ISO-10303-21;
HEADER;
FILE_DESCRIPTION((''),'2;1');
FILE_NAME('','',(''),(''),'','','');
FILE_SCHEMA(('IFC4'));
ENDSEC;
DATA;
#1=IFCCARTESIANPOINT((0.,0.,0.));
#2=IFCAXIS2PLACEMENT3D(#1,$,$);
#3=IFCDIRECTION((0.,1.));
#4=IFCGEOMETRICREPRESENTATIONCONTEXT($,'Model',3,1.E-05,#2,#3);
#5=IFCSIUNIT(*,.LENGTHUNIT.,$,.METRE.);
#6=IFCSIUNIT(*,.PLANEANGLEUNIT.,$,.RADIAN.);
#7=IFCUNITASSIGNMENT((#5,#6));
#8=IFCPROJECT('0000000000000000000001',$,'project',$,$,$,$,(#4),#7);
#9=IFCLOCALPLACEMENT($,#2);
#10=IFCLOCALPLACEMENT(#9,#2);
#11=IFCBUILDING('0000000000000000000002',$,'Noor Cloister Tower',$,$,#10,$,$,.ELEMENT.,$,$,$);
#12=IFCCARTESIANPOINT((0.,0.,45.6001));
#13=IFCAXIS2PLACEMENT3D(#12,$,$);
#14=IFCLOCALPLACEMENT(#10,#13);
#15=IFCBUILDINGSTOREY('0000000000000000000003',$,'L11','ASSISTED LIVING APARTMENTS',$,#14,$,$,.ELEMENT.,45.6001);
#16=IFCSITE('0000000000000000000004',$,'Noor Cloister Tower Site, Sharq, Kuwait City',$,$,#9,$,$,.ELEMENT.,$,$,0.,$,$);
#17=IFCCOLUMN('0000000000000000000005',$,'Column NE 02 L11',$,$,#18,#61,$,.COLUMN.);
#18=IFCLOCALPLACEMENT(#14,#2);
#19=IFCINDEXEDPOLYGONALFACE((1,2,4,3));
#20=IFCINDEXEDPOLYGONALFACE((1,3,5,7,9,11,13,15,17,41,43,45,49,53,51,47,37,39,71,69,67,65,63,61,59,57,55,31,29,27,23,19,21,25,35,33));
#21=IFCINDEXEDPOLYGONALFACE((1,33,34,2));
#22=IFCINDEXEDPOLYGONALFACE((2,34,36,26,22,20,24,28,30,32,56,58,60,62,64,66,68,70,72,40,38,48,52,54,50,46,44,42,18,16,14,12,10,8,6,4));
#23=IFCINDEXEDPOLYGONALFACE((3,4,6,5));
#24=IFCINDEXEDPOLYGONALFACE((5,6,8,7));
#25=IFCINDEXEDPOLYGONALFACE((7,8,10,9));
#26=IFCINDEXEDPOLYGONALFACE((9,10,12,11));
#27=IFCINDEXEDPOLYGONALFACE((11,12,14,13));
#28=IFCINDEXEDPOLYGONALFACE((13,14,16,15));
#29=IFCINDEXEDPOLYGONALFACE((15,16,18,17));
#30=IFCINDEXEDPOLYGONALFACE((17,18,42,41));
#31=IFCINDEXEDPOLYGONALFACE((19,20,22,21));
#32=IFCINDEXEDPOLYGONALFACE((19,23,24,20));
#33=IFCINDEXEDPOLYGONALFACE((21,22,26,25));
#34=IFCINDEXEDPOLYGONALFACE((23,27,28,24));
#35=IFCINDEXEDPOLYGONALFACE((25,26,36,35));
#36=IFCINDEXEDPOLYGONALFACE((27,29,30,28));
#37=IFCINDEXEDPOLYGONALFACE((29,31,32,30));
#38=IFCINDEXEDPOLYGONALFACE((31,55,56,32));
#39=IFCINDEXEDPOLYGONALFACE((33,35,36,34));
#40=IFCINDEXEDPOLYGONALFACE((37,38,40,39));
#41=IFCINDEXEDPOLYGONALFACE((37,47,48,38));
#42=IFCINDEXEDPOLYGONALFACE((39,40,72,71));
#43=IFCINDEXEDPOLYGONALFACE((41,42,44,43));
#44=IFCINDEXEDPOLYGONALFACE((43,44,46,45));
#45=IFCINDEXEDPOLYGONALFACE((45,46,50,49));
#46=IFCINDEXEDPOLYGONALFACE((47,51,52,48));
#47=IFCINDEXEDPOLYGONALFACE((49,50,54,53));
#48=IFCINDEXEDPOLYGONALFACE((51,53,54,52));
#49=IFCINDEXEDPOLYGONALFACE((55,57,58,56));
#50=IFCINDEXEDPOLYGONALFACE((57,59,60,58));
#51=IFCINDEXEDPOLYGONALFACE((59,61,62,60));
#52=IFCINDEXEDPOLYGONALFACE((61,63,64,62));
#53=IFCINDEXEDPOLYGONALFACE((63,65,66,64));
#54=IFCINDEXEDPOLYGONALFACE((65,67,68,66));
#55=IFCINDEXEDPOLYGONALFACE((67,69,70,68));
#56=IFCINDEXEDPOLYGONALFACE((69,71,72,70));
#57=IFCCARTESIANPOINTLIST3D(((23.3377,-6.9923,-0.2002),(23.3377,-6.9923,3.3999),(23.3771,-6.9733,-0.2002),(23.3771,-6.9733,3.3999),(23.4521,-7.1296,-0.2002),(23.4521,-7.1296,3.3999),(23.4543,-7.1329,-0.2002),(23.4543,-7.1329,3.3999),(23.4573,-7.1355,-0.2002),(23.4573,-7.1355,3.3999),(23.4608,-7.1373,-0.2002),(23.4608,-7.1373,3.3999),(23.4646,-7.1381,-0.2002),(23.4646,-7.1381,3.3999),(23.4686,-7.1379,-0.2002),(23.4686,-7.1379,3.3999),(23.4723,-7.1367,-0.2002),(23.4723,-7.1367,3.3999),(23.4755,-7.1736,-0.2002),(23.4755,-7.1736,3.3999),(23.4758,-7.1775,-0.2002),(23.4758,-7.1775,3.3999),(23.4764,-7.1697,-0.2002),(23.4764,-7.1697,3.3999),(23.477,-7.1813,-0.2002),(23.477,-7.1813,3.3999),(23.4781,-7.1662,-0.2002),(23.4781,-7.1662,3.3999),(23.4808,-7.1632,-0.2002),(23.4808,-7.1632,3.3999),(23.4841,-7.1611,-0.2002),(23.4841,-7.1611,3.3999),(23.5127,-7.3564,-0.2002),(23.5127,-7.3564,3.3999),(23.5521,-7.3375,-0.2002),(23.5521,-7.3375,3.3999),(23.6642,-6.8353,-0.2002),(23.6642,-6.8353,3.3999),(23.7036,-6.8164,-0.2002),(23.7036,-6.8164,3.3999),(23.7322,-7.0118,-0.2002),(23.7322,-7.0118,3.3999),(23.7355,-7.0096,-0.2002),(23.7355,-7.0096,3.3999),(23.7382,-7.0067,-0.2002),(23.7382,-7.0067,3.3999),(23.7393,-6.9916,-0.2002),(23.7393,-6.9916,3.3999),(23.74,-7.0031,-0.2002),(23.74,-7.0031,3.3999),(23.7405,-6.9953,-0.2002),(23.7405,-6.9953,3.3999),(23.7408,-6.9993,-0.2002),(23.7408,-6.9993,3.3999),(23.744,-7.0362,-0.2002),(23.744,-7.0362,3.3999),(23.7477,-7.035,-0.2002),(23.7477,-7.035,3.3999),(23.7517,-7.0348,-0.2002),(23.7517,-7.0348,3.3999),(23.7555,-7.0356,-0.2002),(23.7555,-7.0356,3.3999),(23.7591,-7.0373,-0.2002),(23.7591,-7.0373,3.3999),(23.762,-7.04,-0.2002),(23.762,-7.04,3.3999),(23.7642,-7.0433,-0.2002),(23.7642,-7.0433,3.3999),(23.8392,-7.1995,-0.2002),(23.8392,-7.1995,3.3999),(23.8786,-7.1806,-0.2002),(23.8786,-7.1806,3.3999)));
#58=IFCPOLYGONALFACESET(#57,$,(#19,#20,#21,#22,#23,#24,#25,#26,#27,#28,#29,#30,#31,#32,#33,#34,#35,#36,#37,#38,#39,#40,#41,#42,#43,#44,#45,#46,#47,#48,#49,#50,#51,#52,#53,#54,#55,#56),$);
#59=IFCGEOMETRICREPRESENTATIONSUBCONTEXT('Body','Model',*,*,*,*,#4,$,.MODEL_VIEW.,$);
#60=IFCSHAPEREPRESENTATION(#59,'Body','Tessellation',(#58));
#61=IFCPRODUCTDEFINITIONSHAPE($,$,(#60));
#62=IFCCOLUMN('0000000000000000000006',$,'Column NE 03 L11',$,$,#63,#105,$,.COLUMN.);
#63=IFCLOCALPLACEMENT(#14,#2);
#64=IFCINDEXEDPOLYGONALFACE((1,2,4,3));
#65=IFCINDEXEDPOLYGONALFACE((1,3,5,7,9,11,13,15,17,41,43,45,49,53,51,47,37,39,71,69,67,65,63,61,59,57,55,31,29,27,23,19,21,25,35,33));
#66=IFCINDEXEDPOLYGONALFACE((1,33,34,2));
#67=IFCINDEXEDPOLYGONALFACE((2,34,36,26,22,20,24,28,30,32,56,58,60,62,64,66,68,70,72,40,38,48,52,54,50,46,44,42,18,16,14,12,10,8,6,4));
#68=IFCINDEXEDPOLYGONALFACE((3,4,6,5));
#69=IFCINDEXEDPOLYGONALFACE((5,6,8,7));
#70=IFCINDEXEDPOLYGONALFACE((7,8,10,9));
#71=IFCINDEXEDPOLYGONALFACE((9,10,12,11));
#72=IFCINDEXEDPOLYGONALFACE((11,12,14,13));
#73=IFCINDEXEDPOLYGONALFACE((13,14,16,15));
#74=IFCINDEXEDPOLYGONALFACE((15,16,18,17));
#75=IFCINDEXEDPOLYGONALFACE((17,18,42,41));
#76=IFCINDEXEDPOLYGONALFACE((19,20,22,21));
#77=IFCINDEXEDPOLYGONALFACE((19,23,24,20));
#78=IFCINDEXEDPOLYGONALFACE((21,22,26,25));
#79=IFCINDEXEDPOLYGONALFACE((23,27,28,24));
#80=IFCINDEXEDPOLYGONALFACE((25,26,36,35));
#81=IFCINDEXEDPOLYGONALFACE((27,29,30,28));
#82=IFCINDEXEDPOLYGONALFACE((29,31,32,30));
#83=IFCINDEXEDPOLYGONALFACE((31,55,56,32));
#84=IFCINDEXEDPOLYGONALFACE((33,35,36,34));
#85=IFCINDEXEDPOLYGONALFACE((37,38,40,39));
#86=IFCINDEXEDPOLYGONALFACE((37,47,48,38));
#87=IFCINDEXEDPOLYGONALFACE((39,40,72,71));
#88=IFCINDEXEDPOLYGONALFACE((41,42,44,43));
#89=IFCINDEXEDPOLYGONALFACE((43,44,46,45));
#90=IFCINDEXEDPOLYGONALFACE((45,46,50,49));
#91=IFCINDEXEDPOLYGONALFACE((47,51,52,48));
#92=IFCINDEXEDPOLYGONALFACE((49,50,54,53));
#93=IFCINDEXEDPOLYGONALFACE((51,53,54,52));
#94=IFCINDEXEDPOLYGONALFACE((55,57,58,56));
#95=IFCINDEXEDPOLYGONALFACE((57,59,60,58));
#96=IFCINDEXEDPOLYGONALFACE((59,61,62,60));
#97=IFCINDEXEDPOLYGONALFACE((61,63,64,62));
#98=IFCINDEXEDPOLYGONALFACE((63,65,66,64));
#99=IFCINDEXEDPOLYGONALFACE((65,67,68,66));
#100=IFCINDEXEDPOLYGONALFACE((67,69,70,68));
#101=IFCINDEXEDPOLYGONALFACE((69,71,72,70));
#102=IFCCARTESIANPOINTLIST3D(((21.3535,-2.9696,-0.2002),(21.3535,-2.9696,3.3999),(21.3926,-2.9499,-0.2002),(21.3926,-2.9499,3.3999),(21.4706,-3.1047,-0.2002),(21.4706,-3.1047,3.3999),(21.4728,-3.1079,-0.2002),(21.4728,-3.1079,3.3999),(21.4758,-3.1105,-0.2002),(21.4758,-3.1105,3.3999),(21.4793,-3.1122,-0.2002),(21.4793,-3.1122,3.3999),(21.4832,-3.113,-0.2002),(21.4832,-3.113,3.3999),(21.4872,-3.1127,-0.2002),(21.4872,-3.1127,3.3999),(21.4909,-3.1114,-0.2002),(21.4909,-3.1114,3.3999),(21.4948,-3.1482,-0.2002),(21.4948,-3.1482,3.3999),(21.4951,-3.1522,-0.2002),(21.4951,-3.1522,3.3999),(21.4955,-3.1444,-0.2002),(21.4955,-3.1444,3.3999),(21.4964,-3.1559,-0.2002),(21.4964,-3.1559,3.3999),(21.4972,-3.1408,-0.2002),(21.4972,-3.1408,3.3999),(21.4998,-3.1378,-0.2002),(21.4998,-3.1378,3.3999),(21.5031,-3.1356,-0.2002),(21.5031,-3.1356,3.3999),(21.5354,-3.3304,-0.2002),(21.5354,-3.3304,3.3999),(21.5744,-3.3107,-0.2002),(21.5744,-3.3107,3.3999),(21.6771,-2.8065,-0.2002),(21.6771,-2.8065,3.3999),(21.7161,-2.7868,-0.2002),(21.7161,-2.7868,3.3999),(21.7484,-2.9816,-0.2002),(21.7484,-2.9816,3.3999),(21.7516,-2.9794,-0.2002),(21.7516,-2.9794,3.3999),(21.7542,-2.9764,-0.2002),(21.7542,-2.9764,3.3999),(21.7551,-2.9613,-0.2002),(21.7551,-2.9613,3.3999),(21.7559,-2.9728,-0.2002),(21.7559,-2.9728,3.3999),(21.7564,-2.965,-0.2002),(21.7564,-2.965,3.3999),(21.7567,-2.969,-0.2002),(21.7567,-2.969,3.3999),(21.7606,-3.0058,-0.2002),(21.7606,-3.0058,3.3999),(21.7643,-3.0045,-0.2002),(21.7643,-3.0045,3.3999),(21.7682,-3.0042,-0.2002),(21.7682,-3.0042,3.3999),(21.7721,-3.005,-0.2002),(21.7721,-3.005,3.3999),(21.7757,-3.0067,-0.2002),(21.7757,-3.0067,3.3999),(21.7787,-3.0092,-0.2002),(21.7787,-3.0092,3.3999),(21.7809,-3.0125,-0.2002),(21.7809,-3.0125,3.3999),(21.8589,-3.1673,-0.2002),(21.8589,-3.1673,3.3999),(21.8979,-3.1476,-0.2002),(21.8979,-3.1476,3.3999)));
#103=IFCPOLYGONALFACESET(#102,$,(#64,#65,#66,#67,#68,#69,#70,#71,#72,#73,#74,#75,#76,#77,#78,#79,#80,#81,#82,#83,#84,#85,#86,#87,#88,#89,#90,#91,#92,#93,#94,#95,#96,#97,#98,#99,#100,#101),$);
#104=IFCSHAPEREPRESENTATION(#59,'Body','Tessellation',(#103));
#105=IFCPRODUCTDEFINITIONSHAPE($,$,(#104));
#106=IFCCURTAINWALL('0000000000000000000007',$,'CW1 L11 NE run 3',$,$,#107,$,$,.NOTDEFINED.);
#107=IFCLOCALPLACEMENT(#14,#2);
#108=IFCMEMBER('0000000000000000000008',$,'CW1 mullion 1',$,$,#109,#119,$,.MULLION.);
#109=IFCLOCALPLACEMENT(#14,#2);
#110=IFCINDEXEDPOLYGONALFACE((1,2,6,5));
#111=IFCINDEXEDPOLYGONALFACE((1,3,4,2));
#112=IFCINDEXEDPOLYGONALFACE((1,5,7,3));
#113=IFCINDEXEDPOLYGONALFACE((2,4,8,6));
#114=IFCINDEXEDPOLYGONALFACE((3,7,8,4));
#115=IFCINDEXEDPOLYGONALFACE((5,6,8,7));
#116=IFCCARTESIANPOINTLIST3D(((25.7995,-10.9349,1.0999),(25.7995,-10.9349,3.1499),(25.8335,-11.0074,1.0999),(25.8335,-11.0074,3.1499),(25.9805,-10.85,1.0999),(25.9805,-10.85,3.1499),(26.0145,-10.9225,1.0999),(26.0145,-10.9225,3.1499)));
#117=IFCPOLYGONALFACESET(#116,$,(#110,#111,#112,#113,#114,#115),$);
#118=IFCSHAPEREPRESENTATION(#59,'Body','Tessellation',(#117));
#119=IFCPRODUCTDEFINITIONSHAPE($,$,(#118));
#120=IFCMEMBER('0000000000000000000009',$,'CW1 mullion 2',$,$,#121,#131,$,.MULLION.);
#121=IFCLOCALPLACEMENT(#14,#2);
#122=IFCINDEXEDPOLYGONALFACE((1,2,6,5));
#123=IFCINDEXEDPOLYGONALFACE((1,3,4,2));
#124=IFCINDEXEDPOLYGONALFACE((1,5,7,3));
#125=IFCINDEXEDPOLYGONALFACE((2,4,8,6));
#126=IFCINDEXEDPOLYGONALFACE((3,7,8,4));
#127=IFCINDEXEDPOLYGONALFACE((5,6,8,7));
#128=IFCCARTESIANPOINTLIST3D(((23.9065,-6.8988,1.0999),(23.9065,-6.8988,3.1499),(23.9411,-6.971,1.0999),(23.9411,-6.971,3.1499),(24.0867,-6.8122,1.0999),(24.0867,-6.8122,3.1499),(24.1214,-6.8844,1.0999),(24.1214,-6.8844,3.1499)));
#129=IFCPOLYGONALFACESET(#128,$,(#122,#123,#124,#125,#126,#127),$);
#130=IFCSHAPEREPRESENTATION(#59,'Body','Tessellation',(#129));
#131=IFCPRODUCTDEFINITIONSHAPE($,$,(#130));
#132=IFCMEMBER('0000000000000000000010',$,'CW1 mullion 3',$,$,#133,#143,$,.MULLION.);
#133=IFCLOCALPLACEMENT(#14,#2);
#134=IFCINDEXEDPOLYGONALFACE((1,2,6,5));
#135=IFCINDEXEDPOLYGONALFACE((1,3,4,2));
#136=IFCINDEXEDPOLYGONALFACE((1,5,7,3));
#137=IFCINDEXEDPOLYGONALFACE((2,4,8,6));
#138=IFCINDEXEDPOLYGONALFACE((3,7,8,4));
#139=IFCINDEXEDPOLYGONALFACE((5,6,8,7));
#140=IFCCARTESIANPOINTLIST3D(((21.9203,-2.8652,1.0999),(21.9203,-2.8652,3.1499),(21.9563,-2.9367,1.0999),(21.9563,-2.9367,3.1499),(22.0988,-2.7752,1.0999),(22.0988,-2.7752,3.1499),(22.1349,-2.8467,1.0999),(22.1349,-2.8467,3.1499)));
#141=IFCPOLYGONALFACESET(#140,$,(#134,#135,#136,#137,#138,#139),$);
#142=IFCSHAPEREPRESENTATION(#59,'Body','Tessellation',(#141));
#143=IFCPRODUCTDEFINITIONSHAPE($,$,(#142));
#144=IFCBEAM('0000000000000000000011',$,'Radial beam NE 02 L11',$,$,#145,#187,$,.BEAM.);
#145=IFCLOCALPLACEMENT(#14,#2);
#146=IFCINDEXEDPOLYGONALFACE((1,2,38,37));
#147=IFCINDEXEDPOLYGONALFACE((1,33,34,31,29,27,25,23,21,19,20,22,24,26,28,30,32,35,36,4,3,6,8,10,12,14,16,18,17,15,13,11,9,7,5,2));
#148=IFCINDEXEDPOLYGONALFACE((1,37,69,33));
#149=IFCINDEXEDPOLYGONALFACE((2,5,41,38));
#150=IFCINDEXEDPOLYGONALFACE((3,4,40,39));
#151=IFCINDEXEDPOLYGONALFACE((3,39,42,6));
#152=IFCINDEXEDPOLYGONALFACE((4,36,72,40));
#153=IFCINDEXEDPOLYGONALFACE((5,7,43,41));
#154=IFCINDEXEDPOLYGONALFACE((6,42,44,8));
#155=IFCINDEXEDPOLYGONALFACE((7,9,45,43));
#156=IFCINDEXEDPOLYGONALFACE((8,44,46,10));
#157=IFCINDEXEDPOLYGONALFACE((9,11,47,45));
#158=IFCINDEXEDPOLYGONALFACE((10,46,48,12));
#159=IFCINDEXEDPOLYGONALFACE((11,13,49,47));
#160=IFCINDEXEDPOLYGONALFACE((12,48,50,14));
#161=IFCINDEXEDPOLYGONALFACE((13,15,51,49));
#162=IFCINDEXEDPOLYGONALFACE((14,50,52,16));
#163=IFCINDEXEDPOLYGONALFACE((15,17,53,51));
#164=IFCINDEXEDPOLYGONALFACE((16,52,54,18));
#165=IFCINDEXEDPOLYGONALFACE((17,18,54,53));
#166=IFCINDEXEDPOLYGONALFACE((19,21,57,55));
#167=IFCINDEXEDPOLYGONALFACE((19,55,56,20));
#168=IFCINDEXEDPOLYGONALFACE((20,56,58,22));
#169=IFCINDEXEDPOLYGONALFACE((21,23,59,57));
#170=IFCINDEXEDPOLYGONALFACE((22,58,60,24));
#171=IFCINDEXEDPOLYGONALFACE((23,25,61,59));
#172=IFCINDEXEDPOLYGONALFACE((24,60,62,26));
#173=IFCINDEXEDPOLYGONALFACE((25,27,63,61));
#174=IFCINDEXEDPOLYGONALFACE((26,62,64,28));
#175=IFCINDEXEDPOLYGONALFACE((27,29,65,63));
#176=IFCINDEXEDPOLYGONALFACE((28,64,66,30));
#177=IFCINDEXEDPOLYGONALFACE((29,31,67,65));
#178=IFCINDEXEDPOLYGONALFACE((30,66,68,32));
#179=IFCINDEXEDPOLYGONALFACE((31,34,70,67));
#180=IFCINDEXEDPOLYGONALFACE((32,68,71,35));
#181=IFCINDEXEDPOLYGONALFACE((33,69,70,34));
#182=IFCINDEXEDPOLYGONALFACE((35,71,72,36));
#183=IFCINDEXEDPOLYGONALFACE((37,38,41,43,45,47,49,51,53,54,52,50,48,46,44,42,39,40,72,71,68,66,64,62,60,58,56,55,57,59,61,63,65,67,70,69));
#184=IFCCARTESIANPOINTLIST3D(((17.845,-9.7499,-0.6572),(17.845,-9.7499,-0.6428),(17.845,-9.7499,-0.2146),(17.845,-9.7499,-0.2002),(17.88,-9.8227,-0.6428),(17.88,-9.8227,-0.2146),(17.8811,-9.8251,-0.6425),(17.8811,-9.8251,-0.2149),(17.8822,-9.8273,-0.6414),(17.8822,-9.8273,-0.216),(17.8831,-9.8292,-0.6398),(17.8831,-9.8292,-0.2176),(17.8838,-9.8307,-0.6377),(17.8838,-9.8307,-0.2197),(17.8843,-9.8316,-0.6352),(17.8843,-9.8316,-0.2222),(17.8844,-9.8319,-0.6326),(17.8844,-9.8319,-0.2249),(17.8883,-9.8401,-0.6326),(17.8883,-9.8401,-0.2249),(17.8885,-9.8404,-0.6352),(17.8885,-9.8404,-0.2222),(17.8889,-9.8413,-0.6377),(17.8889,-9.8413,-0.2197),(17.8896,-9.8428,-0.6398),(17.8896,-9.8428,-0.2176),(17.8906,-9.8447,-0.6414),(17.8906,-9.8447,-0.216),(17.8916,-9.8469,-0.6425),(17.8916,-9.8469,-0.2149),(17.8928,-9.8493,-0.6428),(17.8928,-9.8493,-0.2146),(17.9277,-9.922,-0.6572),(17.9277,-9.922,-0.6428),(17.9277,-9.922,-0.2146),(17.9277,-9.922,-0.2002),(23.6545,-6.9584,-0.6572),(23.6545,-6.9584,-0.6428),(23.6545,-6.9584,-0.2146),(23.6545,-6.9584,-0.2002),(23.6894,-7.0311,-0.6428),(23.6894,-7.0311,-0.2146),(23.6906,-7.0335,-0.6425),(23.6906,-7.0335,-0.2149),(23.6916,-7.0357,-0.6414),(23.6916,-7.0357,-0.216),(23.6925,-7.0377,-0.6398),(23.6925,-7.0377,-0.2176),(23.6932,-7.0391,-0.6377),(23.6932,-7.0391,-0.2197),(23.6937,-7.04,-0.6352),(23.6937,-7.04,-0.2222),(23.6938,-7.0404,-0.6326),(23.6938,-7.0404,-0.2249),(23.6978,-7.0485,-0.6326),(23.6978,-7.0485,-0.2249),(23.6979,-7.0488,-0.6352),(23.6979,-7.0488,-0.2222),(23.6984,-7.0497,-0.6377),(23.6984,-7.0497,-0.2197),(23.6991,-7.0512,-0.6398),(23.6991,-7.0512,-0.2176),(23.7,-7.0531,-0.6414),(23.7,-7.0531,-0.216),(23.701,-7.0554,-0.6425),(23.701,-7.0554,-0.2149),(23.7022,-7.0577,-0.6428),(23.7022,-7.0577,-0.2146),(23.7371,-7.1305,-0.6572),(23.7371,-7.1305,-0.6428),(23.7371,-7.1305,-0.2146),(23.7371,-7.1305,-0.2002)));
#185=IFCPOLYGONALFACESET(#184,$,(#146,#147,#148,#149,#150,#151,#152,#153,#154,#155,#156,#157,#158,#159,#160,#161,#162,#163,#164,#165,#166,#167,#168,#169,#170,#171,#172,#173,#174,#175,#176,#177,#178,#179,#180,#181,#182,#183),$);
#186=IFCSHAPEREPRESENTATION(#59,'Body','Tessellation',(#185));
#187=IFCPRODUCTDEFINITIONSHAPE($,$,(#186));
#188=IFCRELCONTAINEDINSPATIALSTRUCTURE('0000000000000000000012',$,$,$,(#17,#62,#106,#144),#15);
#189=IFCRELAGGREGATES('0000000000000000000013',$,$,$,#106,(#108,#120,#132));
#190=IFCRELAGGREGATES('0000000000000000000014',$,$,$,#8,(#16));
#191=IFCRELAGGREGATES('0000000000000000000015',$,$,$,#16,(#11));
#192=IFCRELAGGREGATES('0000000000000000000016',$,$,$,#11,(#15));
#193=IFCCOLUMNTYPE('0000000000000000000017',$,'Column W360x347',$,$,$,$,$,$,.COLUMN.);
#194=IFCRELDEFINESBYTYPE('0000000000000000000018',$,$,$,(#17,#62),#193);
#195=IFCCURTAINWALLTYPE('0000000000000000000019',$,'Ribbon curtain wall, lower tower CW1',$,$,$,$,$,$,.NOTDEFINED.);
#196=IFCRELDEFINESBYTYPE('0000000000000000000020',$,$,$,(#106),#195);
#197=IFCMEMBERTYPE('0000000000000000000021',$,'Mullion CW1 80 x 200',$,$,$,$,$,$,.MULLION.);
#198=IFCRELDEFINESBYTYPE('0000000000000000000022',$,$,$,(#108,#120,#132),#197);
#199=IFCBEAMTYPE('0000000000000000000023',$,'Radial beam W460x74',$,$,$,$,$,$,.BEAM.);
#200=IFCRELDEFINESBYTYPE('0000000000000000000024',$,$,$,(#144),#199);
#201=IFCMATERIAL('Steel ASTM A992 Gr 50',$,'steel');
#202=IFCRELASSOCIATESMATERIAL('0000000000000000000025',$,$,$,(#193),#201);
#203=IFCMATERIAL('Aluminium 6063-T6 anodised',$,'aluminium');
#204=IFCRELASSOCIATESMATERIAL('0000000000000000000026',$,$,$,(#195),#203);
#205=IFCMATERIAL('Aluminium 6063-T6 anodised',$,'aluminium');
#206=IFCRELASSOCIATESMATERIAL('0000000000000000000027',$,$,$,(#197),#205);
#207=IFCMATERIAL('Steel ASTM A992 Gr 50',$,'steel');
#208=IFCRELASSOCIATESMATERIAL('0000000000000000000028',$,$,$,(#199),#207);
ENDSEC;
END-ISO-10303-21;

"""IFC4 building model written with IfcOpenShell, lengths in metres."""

from ifc_helpers import new_model, si_unit, direction, frame, origin, origin_2d, place, context, subcontext, project, spatial, rectangle, i_section, extrude, material, material_profile, profile_set, type_object, element, aggregate, save


model = new_model("IFC4")

# Units and contexts
model_context = context("Model", 3, precision=1e-05, world=origin(), true_north=direction((0.0, 1.0)))
body_context = subcontext(model_context, "Body", "Model", "MODEL_VIEW")
ifc_project = project(units=[si_unit("LENGTHUNIT", "METRE"), si_unit("PLANEANGLEUNIT", "RADIAN")], contexts=[model_context])

# Site, building, storey
site_placement = place(None, origin())
site = spatial("IfcSite", under=ifc_project, at=site_placement, Name="Noor Cloister Tower Site, Sharq, Kuwait City", CompositionType="ELEMENT", RefElevation=0.0)
building_placement = place(site_placement, origin())
building = spatial("IfcBuilding", under=site, at=building_placement, Name="Noor Cloister Tower", CompositionType="ELEMENT")
storey_placement = place(building_placement, frame((0.0, 0.0, 45.6001)))
storey = spatial("IfcBuildingStorey", under=building, at=storey_placement, Name="L11", Description="ASSISTED LIVING APARTMENTS", CompositionType="ELEMENT", Elevation=45.6001)

# Columns
ifc_material_1 = material(Name="Steel ASTM A992 Gr 50", Category="steel")
ifc_material_profile_1 = material_profile(ifc_material_1, i_section(OverallWidth=0.4041, OverallDepth=0.406, WebThickness=0.0271, FlangeThickness=0.0437, FilletRadius=0.0151, at=origin_2d()), Name="W360x347")
ifc_profile_set_1 = profile_set([ifc_material_profile_1], Name="Steel ASTM A992 Gr 50")
column_type = type_object("IfcColumnType", Name="Column W360x347", PredefinedType="COLUMN", material=ifc_profile_set_1)
for number, where, z_axis, x_axis, name in (
    (1, (23.6082, -7.0864, -0.2002), (0.0, 0.0, 1.0), (-0.433105, 0.901343, 0.0), "Column NE 02 L11"),
    (2, (21.6257, -3.0586, -0.2002), (0.0, 0.0, 1.0), (-0.450077, 0.89299, 0.0), "Column NE 03 L11"),
):
    element("IfcColumn", number, at=place(storey_placement, frame(where, z_axis=z_axis, x_axis=x_axis)), inside=storey, type_object=column_type, Name=name, PredefinedType="COLUMN", context=body_context, shape_type="SweptSolid", body=[
        extrude(i_section(OverallWidth=0.4041, OverallDepth=0.406, WebThickness=0.0271, FlangeThickness=0.0437, FilletRadius=0.0151, at=origin_2d()), origin(), (0.0, 0.0, 1.0), 3.6001),
    ])

# Curtain wall, members
ifc_material_2 = material(Name="Aluminium 6063-T6 anodised", Category="aluminium")
curtain_wall_type = type_object("IfcCurtainWallType", Name="Ribbon curtain wall, lower tower CW1", PredefinedType="NOTDEFINED", material=ifc_material_2)
curtain_wall_placement = place(storey_placement, origin())
curtain_wall = element("IfcCurtainWall", 3, at=curtain_wall_placement, inside=storey, type_object=curtain_wall_type, Name="CW1 L11 NE run 3", PredefinedType="NOTDEFINED")
ifc_material_3 = material(Name="Aluminium 6063-T6 anodised", Category="aluminium")
ifc_material_profile_2 = material_profile(ifc_material_3, rectangle(XDim=0.2, YDim=0.0801, at=origin_2d()), Name="200 x 80 mullion")
ifc_profile_set_2 = profile_set([ifc_material_profile_2], Name="Aluminium 6063-T6 anodised")
member_type = type_object("IfcMemberType", Name="Mullion CW1 80 x 200", PredefinedType="MULLION", material=ifc_profile_set_2)
member_1_placement = place(storey_placement, frame((25.907, -10.9287, 1.0999), z_axis=(0.0, 0.0, 1.0), x_axis=(-0.905399, -0.424561, 0.0)))
member_1 = element("IfcMember", 4, at=member_1_placement, type_object=member_type, Name="CW1 mullion 1", PredefinedType="MULLION", context=body_context, shape_type="SweptSolid", body=[
    extrude(rectangle(XDim=0.2, YDim=0.0801, at=origin_2d()), origin(), (0.0, 0.0, 1.0), 2.05),
])
member_2_placement = place(storey_placement, frame((24.0139, -6.8916, 1.0999), z_axis=(0.0, 0.0, 1.0), x_axis=(-0.901343, -0.433105, 0.0)))
member_2 = element("IfcMember", 5, at=member_2_placement, type_object=member_type, Name="CW1 mullion 2", PredefinedType="MULLION", context=body_context, shape_type="SweptSolid", body=[
    extrude(rectangle(XDim=0.2, YDim=0.0801, at=origin_2d()), origin(), (0.0, 0.0, 1.0), 2.05),
])
member_3_placement = place(storey_placement, frame((22.0276, -2.856, 1.0999), z_axis=(0.0, 0.0, 1.0), x_axis=(-0.89299, -0.450077, 0.0)))
member_3 = element("IfcMember", 6, at=member_3_placement, type_object=member_type, Name="CW1 mullion 3", PredefinedType="MULLION", context=body_context, shape_type="SweptSolid", body=[
    extrude(rectangle(XDim=0.2, YDim=0.0801, at=origin_2d()), origin(), (0.0, 0.0, 1.0), 2.05),
])

# Beam
ifc_material_4 = material(Name="Steel ASTM A992 Gr 50", Category="steel")
ifc_material_profile_3 = material_profile(ifc_material_4, i_section(OverallWidth=0.1909, OverallDepth=0.457, WebThickness=0.009, FlangeThickness=0.0144, FilletRadius=0.0103, at=origin_2d()), Name="W460x74")
ifc_profile_set_3 = profile_set([ifc_material_profile_3], Name="Steel ASTM A992 Gr 50")
beam_type_1 = type_object("IfcBeamType", Name="Radial beam W460x74", PredefinedType="BEAM", material=ifc_profile_set_3)
beam_1_placement = place(storey_placement, frame((23.6958, -7.0444, -0.4287), z_axis=(-0.90134, -0.433113, 0.0), x_axis=(0.433113, -0.90134, 0.0)))
element("IfcBeam", 7, at=beam_1_placement, inside=storey, type_object=beam_type_1, Name="Radial beam NE 02 L11", PredefinedType="BEAM", context=body_context, shape_type="SweptSolid", body=[
    extrude(i_section(OverallWidth=0.1909, OverallDepth=0.457, WebThickness=0.009, FlangeThickness=0.0144, FilletRadius=0.0103, at=origin_2d()), origin(), (0.0, 0.0, 1.0), 6.4453),
])

aggregate(curtain_wall, [member_1, member_2, member_3])

save(model, "model.ifc")
